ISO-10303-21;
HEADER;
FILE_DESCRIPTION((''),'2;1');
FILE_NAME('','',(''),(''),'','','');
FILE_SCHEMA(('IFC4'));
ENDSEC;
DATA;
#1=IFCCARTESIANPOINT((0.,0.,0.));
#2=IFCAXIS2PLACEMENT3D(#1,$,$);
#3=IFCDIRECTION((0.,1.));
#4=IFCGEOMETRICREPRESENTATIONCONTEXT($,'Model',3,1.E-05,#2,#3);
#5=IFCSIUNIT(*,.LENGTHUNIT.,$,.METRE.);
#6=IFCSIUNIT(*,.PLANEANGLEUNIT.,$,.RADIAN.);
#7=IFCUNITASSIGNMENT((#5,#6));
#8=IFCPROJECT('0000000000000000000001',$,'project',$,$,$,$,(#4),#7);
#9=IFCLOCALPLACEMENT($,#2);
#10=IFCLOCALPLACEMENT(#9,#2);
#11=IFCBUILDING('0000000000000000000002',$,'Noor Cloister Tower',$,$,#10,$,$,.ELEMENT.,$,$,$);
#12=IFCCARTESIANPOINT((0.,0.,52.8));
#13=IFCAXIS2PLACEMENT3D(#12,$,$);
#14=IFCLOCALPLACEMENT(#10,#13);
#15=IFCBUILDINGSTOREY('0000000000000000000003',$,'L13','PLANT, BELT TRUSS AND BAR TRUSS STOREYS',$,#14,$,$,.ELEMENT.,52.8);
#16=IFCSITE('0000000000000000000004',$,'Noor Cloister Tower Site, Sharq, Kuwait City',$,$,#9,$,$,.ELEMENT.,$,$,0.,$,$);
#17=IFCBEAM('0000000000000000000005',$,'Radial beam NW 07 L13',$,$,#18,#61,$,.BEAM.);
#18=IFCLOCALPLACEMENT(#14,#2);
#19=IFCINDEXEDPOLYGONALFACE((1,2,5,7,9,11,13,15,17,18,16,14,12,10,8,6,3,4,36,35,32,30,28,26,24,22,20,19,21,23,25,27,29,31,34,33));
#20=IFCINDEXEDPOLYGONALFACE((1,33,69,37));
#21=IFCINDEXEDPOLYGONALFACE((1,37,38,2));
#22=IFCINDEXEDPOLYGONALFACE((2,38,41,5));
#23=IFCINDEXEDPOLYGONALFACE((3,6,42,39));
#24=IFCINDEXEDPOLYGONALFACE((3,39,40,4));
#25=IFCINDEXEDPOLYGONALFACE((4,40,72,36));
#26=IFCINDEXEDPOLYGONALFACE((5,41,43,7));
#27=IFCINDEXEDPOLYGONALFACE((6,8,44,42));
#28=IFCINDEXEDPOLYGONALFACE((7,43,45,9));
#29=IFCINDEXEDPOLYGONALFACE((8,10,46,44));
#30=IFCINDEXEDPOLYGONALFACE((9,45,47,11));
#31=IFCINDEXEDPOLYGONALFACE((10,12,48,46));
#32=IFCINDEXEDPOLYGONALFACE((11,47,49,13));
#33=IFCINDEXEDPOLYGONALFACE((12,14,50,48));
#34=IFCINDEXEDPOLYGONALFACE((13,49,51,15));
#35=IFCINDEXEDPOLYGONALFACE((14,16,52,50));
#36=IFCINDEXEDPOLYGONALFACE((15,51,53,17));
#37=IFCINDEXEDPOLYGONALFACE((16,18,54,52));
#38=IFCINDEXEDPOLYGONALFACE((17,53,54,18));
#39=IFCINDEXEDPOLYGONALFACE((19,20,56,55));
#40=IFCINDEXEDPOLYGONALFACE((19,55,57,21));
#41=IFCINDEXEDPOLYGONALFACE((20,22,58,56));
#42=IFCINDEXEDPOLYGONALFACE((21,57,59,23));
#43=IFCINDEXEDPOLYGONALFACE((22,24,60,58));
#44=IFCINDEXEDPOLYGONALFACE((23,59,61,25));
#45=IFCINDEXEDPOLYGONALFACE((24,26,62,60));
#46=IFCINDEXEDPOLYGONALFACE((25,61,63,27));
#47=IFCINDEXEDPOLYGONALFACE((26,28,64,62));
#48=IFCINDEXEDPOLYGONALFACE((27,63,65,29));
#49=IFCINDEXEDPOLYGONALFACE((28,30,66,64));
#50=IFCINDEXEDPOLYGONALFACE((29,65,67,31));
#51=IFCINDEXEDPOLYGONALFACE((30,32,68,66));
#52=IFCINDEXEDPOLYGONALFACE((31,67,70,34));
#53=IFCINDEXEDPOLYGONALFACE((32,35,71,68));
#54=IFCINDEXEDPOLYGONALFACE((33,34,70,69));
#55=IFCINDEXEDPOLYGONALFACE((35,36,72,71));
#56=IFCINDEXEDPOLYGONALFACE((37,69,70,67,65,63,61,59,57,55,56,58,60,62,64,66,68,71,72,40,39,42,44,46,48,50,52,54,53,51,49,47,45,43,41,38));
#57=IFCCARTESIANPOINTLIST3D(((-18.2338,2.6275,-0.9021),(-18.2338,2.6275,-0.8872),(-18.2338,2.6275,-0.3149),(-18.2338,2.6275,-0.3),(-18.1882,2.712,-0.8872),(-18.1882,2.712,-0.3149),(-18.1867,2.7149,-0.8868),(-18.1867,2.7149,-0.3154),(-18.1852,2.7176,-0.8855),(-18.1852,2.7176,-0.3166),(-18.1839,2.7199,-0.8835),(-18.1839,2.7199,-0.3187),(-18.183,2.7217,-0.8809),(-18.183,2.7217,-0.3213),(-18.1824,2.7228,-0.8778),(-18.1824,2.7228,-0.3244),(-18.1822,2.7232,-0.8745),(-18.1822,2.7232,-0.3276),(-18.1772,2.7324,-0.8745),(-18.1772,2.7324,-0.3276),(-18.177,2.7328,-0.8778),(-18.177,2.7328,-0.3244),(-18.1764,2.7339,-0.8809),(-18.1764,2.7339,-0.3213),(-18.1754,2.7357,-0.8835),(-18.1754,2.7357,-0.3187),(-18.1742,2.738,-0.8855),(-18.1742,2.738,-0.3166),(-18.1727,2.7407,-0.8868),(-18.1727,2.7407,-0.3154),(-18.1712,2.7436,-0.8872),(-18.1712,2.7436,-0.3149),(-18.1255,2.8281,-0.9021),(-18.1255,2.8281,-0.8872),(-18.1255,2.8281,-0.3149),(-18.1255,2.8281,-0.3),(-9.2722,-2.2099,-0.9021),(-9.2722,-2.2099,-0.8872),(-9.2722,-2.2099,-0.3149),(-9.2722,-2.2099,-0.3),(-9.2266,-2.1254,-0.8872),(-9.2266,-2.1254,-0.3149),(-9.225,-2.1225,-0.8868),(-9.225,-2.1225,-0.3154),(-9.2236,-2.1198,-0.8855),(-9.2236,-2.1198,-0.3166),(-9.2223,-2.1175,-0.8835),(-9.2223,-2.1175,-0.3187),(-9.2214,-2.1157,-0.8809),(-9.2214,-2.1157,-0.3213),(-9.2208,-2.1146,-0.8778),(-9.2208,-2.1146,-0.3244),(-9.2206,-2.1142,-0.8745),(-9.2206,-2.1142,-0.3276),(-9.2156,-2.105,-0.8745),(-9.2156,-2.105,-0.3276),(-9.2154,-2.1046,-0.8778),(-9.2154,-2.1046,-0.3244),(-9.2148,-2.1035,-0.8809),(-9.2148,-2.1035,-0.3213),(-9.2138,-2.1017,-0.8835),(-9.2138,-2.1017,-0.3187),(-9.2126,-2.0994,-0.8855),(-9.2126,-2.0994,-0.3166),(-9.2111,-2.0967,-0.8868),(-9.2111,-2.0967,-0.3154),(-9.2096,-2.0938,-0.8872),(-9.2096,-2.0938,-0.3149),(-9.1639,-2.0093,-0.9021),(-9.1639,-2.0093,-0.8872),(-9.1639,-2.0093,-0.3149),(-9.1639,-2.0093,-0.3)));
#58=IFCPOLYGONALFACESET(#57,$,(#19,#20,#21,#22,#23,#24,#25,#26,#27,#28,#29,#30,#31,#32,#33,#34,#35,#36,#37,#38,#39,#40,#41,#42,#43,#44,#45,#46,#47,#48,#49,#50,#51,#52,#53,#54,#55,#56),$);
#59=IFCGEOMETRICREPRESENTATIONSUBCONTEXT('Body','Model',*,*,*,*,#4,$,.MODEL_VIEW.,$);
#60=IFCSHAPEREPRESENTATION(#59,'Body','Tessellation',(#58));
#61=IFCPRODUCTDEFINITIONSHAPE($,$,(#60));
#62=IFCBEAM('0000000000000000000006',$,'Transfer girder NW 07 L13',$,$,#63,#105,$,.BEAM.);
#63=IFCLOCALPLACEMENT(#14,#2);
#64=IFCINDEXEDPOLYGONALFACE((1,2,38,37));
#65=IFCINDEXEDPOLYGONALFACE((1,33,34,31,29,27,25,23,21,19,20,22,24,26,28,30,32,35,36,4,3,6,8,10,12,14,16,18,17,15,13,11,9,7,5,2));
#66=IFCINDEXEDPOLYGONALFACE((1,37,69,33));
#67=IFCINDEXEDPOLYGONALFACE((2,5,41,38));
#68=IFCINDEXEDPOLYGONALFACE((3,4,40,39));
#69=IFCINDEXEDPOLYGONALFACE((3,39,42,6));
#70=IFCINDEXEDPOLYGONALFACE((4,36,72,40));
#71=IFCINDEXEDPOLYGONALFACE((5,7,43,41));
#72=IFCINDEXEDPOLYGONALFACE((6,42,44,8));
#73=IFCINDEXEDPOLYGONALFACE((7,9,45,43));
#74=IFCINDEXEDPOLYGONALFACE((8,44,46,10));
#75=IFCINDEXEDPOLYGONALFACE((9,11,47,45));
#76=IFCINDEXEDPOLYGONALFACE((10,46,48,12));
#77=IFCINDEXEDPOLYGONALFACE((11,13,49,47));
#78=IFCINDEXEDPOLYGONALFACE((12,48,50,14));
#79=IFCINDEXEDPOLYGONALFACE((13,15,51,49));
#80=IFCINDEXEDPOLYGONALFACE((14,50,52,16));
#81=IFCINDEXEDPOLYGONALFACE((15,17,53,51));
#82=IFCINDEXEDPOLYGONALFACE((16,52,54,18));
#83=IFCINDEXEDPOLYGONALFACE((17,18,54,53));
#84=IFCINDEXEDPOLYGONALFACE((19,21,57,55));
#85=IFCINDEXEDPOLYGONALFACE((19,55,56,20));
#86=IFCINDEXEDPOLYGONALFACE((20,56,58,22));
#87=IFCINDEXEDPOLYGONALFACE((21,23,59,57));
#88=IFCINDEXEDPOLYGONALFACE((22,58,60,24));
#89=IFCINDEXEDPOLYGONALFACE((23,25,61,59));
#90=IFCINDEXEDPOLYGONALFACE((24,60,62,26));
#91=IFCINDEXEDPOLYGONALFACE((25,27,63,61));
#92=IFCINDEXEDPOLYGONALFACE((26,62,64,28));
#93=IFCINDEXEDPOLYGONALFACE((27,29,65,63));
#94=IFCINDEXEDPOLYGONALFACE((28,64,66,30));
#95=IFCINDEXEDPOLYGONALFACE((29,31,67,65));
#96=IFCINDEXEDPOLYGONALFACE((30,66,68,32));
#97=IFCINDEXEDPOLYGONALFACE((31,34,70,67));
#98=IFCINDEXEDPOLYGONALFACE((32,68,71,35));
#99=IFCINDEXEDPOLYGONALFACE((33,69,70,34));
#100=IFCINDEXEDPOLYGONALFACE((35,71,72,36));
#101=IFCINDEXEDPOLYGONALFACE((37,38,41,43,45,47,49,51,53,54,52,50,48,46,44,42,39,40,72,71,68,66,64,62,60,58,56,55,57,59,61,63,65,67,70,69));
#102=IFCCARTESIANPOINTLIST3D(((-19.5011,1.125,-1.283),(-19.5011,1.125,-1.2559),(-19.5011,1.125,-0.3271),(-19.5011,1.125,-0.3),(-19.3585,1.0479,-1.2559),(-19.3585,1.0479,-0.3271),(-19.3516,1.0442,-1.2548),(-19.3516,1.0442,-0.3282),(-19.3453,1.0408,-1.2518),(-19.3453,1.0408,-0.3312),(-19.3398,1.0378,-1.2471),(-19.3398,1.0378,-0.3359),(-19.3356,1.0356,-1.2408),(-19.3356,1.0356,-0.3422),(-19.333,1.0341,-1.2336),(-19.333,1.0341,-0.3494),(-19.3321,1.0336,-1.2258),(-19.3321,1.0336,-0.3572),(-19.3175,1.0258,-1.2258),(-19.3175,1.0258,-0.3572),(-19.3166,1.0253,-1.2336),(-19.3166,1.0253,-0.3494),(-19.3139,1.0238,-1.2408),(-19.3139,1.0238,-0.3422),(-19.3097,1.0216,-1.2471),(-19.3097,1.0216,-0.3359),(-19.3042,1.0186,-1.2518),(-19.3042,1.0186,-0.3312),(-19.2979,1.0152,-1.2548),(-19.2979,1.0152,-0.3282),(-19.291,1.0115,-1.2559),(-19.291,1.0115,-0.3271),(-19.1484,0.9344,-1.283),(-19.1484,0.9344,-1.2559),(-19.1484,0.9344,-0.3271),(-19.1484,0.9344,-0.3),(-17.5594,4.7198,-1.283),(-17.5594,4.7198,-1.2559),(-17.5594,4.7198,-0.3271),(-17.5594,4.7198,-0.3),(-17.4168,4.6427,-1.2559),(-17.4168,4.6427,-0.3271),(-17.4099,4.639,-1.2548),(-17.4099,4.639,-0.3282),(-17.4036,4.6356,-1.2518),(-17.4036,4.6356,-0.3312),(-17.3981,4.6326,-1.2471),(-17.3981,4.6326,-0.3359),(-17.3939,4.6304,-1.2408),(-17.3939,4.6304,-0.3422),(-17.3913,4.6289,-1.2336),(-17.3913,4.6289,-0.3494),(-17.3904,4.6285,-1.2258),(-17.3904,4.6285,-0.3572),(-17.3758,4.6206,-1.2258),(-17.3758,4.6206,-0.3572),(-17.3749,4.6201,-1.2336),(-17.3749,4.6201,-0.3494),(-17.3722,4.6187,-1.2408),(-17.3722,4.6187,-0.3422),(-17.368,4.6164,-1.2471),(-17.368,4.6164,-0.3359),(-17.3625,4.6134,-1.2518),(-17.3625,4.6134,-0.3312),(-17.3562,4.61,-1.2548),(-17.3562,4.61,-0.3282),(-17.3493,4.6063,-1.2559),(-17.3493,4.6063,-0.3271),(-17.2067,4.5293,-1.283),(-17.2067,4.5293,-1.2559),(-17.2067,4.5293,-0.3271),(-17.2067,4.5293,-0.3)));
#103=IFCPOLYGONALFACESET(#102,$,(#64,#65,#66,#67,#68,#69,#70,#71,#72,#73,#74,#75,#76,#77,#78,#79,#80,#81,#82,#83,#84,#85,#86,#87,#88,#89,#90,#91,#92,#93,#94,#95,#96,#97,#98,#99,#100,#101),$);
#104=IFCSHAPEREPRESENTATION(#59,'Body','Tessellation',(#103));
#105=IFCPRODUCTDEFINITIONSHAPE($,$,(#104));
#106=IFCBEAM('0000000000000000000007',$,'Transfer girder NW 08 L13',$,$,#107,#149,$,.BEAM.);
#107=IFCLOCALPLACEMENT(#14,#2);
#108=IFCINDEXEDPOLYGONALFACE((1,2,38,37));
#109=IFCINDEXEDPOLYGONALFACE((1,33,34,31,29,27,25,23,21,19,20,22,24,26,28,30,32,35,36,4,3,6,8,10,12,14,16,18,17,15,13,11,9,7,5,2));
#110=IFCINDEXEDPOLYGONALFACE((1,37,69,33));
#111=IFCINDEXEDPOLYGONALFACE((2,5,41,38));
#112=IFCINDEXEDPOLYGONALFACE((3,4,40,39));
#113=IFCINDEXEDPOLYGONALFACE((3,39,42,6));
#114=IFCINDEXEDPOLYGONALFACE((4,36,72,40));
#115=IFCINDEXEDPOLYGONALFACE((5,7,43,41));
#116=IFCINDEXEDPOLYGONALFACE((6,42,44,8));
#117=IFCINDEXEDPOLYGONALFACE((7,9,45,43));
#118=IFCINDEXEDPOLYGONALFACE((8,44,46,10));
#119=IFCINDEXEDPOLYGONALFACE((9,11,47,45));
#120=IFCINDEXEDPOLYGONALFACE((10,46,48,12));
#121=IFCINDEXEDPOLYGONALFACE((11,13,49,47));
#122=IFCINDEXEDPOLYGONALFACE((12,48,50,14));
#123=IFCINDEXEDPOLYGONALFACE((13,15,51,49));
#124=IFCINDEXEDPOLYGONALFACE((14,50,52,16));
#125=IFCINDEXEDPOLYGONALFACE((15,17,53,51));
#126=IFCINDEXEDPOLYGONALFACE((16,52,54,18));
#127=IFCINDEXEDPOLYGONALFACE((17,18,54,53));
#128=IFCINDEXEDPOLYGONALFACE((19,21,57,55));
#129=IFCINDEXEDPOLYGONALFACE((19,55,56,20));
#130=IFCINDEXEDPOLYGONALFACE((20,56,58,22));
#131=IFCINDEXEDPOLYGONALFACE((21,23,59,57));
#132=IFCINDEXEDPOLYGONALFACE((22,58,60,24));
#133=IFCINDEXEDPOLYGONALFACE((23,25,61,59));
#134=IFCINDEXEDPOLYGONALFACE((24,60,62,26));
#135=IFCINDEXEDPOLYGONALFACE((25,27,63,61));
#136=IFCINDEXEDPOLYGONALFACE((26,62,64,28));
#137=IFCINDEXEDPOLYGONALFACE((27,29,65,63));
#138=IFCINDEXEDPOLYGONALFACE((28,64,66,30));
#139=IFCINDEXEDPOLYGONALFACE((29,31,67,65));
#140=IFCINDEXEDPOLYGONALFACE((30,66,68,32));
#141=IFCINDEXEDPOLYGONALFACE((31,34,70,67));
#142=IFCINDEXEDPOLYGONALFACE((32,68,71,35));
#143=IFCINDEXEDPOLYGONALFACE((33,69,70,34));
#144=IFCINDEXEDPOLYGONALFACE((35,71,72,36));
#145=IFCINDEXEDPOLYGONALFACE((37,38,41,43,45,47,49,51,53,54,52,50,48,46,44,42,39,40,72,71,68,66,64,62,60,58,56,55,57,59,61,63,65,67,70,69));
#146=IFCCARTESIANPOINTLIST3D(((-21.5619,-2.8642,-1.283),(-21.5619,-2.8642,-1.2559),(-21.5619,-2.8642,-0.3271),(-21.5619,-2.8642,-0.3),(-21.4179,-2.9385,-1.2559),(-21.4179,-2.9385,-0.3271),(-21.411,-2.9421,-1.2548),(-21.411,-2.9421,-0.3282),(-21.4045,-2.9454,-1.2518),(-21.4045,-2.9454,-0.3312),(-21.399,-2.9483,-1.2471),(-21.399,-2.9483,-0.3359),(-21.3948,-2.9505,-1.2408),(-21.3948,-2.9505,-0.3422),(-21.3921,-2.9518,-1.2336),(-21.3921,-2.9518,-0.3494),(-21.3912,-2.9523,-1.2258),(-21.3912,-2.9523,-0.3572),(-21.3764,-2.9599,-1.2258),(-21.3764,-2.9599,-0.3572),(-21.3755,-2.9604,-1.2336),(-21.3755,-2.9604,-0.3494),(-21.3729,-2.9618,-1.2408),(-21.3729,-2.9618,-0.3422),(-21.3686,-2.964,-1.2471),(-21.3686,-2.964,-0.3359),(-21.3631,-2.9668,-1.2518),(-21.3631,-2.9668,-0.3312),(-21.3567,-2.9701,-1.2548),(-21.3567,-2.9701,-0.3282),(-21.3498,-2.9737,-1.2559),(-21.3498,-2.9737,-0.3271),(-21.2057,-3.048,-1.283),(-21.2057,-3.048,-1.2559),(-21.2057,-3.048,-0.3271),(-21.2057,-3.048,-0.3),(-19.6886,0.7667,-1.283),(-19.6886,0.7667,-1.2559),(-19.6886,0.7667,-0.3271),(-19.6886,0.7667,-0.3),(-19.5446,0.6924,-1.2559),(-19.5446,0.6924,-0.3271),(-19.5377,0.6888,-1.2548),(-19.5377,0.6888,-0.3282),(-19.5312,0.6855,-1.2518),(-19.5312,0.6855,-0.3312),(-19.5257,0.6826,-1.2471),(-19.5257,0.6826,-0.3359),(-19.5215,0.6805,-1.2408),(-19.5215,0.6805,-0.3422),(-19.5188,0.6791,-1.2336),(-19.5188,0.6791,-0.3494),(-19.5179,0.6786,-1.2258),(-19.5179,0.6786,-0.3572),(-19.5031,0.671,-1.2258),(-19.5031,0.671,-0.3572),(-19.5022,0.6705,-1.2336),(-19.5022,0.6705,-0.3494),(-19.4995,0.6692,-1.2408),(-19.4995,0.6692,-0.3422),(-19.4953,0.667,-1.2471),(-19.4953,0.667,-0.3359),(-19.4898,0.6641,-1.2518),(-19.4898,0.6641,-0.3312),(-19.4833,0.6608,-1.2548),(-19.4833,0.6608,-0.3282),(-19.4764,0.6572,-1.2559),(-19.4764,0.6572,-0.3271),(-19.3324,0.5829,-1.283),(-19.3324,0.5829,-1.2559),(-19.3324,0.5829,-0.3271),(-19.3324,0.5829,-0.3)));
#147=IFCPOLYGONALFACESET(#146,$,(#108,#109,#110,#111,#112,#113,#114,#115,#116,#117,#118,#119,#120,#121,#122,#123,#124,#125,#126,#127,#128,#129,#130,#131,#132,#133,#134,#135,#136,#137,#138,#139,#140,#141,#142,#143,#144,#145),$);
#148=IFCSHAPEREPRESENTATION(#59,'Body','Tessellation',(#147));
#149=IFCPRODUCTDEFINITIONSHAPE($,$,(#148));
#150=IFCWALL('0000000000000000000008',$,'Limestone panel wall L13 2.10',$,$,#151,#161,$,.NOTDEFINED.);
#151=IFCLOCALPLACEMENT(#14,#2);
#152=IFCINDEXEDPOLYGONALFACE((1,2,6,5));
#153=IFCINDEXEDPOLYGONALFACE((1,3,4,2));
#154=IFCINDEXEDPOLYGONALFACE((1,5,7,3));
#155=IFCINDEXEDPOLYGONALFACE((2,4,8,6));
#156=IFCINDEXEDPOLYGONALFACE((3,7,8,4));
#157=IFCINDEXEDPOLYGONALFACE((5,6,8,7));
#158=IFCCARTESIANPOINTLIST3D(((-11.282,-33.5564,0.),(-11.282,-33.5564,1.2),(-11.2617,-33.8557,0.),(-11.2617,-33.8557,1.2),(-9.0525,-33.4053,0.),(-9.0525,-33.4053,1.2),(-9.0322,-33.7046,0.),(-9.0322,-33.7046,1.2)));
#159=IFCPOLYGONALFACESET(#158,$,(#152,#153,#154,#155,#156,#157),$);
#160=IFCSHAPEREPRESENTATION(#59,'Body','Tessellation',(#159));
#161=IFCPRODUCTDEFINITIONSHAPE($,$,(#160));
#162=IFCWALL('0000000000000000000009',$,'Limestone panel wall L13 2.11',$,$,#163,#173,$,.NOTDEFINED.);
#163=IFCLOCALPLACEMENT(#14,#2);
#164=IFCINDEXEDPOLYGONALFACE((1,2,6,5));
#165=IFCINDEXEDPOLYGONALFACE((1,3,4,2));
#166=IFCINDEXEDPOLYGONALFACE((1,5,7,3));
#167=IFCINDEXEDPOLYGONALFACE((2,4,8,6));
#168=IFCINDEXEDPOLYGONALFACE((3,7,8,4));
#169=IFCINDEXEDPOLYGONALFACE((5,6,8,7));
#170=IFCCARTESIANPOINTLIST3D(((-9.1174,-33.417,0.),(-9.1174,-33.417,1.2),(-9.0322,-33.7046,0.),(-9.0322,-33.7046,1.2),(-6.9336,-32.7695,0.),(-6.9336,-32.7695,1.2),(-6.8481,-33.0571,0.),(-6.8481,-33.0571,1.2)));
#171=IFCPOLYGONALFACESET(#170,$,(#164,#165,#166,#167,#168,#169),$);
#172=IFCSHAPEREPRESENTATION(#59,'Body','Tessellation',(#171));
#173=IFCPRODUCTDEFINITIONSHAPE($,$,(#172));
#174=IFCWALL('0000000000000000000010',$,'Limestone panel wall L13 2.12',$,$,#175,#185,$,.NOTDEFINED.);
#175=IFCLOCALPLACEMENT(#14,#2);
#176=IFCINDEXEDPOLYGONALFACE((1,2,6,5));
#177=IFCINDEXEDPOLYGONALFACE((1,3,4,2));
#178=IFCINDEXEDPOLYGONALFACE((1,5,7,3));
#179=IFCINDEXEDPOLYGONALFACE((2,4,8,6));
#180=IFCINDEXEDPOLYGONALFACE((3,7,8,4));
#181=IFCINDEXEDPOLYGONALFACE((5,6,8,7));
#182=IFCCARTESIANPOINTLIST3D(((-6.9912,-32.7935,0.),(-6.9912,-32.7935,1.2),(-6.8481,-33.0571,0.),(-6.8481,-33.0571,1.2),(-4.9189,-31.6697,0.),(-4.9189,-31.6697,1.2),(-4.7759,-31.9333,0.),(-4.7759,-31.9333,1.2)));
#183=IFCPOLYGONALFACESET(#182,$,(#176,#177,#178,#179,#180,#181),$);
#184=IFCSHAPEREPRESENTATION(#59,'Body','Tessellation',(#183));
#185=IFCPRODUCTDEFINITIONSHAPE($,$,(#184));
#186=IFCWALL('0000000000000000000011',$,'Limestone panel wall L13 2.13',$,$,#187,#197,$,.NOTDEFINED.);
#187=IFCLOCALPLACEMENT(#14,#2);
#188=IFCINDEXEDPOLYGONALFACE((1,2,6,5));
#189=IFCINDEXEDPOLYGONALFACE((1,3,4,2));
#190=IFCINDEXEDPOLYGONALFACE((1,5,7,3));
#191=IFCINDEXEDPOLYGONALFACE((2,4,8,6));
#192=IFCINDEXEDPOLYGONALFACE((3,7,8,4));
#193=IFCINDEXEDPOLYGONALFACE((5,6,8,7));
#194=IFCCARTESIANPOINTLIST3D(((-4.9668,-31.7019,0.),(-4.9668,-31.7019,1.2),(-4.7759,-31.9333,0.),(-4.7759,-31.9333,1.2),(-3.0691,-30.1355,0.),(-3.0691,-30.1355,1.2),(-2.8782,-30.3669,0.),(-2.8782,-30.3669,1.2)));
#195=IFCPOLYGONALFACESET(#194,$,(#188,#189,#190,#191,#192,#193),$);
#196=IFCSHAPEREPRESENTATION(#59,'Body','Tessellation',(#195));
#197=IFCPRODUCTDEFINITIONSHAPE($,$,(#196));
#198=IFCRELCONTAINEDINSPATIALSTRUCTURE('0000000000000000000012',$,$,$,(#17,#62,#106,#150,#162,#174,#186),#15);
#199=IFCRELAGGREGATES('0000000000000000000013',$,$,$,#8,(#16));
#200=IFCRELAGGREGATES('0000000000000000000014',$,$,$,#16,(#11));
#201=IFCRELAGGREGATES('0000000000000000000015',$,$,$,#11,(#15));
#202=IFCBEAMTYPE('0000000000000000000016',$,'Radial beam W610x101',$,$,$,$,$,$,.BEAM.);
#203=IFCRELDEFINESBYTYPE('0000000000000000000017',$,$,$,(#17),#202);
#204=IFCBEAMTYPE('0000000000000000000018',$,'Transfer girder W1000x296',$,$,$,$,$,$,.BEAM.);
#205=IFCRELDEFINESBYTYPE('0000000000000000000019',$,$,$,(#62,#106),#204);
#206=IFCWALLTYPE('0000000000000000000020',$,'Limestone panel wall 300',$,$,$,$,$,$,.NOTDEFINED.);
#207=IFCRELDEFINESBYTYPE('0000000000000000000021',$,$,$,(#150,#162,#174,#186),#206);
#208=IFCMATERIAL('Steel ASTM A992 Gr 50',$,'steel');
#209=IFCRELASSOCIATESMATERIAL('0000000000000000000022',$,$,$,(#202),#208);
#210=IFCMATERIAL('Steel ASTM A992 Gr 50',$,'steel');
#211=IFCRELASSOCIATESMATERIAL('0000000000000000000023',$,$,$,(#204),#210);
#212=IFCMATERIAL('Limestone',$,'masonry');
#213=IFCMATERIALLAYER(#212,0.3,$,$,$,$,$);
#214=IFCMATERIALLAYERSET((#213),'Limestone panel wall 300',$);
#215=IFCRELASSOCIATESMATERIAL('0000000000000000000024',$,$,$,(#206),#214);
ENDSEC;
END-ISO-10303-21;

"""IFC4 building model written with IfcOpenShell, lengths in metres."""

from ifc_helpers import new_model, si_unit, direction, frame, origin, origin_2d, place, context, subcontext, project, spatial, polyline, i_section, outline, extrude, material, layer, layer_set, material_profile, profile_set, type_object, element, save


model = new_model("IFC4")

# Units and contexts
model_context = context("Model", 3, precision=1e-05, world=origin(), true_north=direction((0.0, 1.0)))
body_context = subcontext(model_context, "Body", "Model", "MODEL_VIEW")
ifc_project = project(units=[si_unit("LENGTHUNIT", "METRE"), si_unit("PLANEANGLEUNIT", "RADIAN")], contexts=[model_context])

# Site, building, storey
site_placement = place(None, origin())
site = spatial("IfcSite", under=ifc_project, at=site_placement, Name="Noor Cloister Tower Site, Sharq, Kuwait City", CompositionType="ELEMENT", RefElevation=0.0)
building_placement = place(site_placement, origin())
building = spatial("IfcBuilding", under=site, at=building_placement, Name="Noor Cloister Tower", CompositionType="ELEMENT")
storey_placement = place(building_placement, frame((0.0, 0.0, 52.8)))
storey = spatial("IfcBuildingStorey", under=building, at=storey_placement, Name="L13", Description="PLANT, BELT TRUSS AND BAR TRUSS STOREYS", CompositionType="ELEMENT", Elevation=52.8)

# Beams
ifc_material_1 = material(Name="Steel ASTM A992 Gr 50", Category="steel")
ifc_material_profile_1 = material_profile(ifc_material_1, i_section(OverallWidth=0.228, OverallDepth=0.6021, WebThickness=0.0105, FlangeThickness=0.0149, FilletRadius=0.0127, at=origin_2d()), Name="W610x101")
ifc_profile_set_1 = profile_set([ifc_material_profile_1], Name="Steel ASTM A992 Gr 50")
beam_type_1 = type_object("IfcBeamType", Name="Radial beam W610x101", PredefinedType="BEAM", material=ifc_profile_set_1)
beam_1_placement = place(storey_placement, frame((-18.1797, 2.7278, -0.6011), z_axis=(0.879983, -0.475005, 0.0), x_axis=(0.475005, 0.879983, 0.0)))
element("IfcBeam", 1, at=beam_1_placement, inside=storey, type_object=beam_type_1, Name="Radial beam NW 07 L13", PredefinedType="BEAM", context=body_context, shape_type="SweptSolid", body=[
    extrude(i_section(OverallWidth=0.228, OverallDepth=0.6021, WebThickness=0.0105, FlangeThickness=0.0149, FilletRadius=0.0127, at=origin_2d()), origin(), (0.0, 0.0, 1.0), 10.1838),
])
ifc_material_2 = material(Name="Steel ASTM A992 Gr 50", Category="steel")
ifc_material_profile_2 = material_profile(ifc_material_2, i_section(OverallWidth=0.4009, OverallDepth=0.9829, WebThickness=0.0166, FlangeThickness=0.0271, FilletRadius=0.03, at=origin_2d()), Name="W1000x296")
ifc_profile_set_2 = profile_set([ifc_material_profile_2], Name="Steel ASTM A992 Gr 50")
beam_type_2 = type_object("IfcBeamType", Name="Transfer girder W1000x296", PredefinedType="BEAM", material=ifc_profile_set_2)
for number, where, z_axis, x_axis, name in (
    (2, (-17.3831, 4.6245, -0.7915), (-0.475243, -0.879854, 0.0), (0.879854, -0.475243, 0.0), "Transfer girder NW 07 L13"),
    (3, (-19.5105, 0.6748, -0.7915), (-0.458507, -0.888691, 0.0), (0.888691, -0.458507, 0.0), "Transfer girder NW 08 L13"),
):
    element("IfcBeam", number, at=place(storey_placement, frame(where, z_axis=z_axis, x_axis=x_axis)), inside=storey, type_object=beam_type_2, Name=name, PredefinedType="BEAM", context=body_context, shape_type="SweptSolid", body=[
        extrude(i_section(OverallWidth=0.4009, OverallDepth=0.9829, WebThickness=0.0166, FlangeThickness=0.0271, FilletRadius=0.03, at=origin_2d()), origin(), (0.0, 0.0, 1.0), 4.0857),
    ])

# Walls
ifc_material_3 = material(Name="Limestone", Category="masonry")
ifc_layer_1 = layer(ifc_material_3, 0.3)
ifc_layer_set_1 = layer_set([ifc_layer_1], Name="Limestone panel wall 300")
wall_type_1 = type_object("IfcWallType", Name="Limestone panel wall 300", PredefinedType="NOTDEFINED", material=ifc_layer_set_1)
wall_1_placement = place(storey_placement, origin())
element("IfcWall", 4, at=wall_1_placement, inside=storey, type_object=wall_type_1, Name="Limestone panel wall L13 2.10", PredefinedType="NOTDEFINED", context=body_context, shape_type="SweptSolid", body=[
    extrude(outline(polyline([(-11.2617, -33.8557), (-9.0322, -33.7046), (-9.0525, -33.4053), (-11.282, -33.5564), (-11.2617, -33.8557)])), origin(), (0.0, 0.0, 1.0), 1.2),
])
wall_2_placement = place(storey_placement, origin())
element("IfcWall", 5, at=wall_2_placement, inside=storey, type_object=wall_type_1, Name="Limestone panel wall L13 2.11", PredefinedType="NOTDEFINED", context=body_context, shape_type="SweptSolid", body=[
    extrude(outline(polyline([(-9.0322, -33.7046), (-6.8481, -33.0571), (-6.9336, -32.7695), (-9.1174, -33.417), (-9.0322, -33.7046)])), origin(), (0.0, 0.0, 1.0), 1.2),
])
wall_3_placement = place(storey_placement, origin())
element("IfcWall", 6, at=wall_3_placement, inside=storey, type_object=wall_type_1, Name="Limestone panel wall L13 2.12", PredefinedType="NOTDEFINED", context=body_context, shape_type="SweptSolid", body=[
    extrude(outline(polyline([(-6.8481, -33.0571), (-4.7759, -31.9333), (-4.9189, -31.6697), (-6.9912, -32.7935), (-6.8481, -33.0571)])), origin(), (0.0, 0.0, 1.0), 1.2),
])
wall_4_placement = place(storey_placement, origin())
element("IfcWall", 7, at=wall_4_placement, inside=storey, type_object=wall_type_1, Name="Limestone panel wall L13 2.13", PredefinedType="NOTDEFINED", context=body_context, shape_type="SweptSolid", body=[
    extrude(outline(polyline([(-4.7759, -31.9333), (-2.8782, -30.3669), (-3.0691, -30.1355), (-4.9668, -31.7019), (-4.7759, -31.9333)])), origin(), (0.0, 0.0, 1.0), 1.2),
])

save(model, "model.ifc")
